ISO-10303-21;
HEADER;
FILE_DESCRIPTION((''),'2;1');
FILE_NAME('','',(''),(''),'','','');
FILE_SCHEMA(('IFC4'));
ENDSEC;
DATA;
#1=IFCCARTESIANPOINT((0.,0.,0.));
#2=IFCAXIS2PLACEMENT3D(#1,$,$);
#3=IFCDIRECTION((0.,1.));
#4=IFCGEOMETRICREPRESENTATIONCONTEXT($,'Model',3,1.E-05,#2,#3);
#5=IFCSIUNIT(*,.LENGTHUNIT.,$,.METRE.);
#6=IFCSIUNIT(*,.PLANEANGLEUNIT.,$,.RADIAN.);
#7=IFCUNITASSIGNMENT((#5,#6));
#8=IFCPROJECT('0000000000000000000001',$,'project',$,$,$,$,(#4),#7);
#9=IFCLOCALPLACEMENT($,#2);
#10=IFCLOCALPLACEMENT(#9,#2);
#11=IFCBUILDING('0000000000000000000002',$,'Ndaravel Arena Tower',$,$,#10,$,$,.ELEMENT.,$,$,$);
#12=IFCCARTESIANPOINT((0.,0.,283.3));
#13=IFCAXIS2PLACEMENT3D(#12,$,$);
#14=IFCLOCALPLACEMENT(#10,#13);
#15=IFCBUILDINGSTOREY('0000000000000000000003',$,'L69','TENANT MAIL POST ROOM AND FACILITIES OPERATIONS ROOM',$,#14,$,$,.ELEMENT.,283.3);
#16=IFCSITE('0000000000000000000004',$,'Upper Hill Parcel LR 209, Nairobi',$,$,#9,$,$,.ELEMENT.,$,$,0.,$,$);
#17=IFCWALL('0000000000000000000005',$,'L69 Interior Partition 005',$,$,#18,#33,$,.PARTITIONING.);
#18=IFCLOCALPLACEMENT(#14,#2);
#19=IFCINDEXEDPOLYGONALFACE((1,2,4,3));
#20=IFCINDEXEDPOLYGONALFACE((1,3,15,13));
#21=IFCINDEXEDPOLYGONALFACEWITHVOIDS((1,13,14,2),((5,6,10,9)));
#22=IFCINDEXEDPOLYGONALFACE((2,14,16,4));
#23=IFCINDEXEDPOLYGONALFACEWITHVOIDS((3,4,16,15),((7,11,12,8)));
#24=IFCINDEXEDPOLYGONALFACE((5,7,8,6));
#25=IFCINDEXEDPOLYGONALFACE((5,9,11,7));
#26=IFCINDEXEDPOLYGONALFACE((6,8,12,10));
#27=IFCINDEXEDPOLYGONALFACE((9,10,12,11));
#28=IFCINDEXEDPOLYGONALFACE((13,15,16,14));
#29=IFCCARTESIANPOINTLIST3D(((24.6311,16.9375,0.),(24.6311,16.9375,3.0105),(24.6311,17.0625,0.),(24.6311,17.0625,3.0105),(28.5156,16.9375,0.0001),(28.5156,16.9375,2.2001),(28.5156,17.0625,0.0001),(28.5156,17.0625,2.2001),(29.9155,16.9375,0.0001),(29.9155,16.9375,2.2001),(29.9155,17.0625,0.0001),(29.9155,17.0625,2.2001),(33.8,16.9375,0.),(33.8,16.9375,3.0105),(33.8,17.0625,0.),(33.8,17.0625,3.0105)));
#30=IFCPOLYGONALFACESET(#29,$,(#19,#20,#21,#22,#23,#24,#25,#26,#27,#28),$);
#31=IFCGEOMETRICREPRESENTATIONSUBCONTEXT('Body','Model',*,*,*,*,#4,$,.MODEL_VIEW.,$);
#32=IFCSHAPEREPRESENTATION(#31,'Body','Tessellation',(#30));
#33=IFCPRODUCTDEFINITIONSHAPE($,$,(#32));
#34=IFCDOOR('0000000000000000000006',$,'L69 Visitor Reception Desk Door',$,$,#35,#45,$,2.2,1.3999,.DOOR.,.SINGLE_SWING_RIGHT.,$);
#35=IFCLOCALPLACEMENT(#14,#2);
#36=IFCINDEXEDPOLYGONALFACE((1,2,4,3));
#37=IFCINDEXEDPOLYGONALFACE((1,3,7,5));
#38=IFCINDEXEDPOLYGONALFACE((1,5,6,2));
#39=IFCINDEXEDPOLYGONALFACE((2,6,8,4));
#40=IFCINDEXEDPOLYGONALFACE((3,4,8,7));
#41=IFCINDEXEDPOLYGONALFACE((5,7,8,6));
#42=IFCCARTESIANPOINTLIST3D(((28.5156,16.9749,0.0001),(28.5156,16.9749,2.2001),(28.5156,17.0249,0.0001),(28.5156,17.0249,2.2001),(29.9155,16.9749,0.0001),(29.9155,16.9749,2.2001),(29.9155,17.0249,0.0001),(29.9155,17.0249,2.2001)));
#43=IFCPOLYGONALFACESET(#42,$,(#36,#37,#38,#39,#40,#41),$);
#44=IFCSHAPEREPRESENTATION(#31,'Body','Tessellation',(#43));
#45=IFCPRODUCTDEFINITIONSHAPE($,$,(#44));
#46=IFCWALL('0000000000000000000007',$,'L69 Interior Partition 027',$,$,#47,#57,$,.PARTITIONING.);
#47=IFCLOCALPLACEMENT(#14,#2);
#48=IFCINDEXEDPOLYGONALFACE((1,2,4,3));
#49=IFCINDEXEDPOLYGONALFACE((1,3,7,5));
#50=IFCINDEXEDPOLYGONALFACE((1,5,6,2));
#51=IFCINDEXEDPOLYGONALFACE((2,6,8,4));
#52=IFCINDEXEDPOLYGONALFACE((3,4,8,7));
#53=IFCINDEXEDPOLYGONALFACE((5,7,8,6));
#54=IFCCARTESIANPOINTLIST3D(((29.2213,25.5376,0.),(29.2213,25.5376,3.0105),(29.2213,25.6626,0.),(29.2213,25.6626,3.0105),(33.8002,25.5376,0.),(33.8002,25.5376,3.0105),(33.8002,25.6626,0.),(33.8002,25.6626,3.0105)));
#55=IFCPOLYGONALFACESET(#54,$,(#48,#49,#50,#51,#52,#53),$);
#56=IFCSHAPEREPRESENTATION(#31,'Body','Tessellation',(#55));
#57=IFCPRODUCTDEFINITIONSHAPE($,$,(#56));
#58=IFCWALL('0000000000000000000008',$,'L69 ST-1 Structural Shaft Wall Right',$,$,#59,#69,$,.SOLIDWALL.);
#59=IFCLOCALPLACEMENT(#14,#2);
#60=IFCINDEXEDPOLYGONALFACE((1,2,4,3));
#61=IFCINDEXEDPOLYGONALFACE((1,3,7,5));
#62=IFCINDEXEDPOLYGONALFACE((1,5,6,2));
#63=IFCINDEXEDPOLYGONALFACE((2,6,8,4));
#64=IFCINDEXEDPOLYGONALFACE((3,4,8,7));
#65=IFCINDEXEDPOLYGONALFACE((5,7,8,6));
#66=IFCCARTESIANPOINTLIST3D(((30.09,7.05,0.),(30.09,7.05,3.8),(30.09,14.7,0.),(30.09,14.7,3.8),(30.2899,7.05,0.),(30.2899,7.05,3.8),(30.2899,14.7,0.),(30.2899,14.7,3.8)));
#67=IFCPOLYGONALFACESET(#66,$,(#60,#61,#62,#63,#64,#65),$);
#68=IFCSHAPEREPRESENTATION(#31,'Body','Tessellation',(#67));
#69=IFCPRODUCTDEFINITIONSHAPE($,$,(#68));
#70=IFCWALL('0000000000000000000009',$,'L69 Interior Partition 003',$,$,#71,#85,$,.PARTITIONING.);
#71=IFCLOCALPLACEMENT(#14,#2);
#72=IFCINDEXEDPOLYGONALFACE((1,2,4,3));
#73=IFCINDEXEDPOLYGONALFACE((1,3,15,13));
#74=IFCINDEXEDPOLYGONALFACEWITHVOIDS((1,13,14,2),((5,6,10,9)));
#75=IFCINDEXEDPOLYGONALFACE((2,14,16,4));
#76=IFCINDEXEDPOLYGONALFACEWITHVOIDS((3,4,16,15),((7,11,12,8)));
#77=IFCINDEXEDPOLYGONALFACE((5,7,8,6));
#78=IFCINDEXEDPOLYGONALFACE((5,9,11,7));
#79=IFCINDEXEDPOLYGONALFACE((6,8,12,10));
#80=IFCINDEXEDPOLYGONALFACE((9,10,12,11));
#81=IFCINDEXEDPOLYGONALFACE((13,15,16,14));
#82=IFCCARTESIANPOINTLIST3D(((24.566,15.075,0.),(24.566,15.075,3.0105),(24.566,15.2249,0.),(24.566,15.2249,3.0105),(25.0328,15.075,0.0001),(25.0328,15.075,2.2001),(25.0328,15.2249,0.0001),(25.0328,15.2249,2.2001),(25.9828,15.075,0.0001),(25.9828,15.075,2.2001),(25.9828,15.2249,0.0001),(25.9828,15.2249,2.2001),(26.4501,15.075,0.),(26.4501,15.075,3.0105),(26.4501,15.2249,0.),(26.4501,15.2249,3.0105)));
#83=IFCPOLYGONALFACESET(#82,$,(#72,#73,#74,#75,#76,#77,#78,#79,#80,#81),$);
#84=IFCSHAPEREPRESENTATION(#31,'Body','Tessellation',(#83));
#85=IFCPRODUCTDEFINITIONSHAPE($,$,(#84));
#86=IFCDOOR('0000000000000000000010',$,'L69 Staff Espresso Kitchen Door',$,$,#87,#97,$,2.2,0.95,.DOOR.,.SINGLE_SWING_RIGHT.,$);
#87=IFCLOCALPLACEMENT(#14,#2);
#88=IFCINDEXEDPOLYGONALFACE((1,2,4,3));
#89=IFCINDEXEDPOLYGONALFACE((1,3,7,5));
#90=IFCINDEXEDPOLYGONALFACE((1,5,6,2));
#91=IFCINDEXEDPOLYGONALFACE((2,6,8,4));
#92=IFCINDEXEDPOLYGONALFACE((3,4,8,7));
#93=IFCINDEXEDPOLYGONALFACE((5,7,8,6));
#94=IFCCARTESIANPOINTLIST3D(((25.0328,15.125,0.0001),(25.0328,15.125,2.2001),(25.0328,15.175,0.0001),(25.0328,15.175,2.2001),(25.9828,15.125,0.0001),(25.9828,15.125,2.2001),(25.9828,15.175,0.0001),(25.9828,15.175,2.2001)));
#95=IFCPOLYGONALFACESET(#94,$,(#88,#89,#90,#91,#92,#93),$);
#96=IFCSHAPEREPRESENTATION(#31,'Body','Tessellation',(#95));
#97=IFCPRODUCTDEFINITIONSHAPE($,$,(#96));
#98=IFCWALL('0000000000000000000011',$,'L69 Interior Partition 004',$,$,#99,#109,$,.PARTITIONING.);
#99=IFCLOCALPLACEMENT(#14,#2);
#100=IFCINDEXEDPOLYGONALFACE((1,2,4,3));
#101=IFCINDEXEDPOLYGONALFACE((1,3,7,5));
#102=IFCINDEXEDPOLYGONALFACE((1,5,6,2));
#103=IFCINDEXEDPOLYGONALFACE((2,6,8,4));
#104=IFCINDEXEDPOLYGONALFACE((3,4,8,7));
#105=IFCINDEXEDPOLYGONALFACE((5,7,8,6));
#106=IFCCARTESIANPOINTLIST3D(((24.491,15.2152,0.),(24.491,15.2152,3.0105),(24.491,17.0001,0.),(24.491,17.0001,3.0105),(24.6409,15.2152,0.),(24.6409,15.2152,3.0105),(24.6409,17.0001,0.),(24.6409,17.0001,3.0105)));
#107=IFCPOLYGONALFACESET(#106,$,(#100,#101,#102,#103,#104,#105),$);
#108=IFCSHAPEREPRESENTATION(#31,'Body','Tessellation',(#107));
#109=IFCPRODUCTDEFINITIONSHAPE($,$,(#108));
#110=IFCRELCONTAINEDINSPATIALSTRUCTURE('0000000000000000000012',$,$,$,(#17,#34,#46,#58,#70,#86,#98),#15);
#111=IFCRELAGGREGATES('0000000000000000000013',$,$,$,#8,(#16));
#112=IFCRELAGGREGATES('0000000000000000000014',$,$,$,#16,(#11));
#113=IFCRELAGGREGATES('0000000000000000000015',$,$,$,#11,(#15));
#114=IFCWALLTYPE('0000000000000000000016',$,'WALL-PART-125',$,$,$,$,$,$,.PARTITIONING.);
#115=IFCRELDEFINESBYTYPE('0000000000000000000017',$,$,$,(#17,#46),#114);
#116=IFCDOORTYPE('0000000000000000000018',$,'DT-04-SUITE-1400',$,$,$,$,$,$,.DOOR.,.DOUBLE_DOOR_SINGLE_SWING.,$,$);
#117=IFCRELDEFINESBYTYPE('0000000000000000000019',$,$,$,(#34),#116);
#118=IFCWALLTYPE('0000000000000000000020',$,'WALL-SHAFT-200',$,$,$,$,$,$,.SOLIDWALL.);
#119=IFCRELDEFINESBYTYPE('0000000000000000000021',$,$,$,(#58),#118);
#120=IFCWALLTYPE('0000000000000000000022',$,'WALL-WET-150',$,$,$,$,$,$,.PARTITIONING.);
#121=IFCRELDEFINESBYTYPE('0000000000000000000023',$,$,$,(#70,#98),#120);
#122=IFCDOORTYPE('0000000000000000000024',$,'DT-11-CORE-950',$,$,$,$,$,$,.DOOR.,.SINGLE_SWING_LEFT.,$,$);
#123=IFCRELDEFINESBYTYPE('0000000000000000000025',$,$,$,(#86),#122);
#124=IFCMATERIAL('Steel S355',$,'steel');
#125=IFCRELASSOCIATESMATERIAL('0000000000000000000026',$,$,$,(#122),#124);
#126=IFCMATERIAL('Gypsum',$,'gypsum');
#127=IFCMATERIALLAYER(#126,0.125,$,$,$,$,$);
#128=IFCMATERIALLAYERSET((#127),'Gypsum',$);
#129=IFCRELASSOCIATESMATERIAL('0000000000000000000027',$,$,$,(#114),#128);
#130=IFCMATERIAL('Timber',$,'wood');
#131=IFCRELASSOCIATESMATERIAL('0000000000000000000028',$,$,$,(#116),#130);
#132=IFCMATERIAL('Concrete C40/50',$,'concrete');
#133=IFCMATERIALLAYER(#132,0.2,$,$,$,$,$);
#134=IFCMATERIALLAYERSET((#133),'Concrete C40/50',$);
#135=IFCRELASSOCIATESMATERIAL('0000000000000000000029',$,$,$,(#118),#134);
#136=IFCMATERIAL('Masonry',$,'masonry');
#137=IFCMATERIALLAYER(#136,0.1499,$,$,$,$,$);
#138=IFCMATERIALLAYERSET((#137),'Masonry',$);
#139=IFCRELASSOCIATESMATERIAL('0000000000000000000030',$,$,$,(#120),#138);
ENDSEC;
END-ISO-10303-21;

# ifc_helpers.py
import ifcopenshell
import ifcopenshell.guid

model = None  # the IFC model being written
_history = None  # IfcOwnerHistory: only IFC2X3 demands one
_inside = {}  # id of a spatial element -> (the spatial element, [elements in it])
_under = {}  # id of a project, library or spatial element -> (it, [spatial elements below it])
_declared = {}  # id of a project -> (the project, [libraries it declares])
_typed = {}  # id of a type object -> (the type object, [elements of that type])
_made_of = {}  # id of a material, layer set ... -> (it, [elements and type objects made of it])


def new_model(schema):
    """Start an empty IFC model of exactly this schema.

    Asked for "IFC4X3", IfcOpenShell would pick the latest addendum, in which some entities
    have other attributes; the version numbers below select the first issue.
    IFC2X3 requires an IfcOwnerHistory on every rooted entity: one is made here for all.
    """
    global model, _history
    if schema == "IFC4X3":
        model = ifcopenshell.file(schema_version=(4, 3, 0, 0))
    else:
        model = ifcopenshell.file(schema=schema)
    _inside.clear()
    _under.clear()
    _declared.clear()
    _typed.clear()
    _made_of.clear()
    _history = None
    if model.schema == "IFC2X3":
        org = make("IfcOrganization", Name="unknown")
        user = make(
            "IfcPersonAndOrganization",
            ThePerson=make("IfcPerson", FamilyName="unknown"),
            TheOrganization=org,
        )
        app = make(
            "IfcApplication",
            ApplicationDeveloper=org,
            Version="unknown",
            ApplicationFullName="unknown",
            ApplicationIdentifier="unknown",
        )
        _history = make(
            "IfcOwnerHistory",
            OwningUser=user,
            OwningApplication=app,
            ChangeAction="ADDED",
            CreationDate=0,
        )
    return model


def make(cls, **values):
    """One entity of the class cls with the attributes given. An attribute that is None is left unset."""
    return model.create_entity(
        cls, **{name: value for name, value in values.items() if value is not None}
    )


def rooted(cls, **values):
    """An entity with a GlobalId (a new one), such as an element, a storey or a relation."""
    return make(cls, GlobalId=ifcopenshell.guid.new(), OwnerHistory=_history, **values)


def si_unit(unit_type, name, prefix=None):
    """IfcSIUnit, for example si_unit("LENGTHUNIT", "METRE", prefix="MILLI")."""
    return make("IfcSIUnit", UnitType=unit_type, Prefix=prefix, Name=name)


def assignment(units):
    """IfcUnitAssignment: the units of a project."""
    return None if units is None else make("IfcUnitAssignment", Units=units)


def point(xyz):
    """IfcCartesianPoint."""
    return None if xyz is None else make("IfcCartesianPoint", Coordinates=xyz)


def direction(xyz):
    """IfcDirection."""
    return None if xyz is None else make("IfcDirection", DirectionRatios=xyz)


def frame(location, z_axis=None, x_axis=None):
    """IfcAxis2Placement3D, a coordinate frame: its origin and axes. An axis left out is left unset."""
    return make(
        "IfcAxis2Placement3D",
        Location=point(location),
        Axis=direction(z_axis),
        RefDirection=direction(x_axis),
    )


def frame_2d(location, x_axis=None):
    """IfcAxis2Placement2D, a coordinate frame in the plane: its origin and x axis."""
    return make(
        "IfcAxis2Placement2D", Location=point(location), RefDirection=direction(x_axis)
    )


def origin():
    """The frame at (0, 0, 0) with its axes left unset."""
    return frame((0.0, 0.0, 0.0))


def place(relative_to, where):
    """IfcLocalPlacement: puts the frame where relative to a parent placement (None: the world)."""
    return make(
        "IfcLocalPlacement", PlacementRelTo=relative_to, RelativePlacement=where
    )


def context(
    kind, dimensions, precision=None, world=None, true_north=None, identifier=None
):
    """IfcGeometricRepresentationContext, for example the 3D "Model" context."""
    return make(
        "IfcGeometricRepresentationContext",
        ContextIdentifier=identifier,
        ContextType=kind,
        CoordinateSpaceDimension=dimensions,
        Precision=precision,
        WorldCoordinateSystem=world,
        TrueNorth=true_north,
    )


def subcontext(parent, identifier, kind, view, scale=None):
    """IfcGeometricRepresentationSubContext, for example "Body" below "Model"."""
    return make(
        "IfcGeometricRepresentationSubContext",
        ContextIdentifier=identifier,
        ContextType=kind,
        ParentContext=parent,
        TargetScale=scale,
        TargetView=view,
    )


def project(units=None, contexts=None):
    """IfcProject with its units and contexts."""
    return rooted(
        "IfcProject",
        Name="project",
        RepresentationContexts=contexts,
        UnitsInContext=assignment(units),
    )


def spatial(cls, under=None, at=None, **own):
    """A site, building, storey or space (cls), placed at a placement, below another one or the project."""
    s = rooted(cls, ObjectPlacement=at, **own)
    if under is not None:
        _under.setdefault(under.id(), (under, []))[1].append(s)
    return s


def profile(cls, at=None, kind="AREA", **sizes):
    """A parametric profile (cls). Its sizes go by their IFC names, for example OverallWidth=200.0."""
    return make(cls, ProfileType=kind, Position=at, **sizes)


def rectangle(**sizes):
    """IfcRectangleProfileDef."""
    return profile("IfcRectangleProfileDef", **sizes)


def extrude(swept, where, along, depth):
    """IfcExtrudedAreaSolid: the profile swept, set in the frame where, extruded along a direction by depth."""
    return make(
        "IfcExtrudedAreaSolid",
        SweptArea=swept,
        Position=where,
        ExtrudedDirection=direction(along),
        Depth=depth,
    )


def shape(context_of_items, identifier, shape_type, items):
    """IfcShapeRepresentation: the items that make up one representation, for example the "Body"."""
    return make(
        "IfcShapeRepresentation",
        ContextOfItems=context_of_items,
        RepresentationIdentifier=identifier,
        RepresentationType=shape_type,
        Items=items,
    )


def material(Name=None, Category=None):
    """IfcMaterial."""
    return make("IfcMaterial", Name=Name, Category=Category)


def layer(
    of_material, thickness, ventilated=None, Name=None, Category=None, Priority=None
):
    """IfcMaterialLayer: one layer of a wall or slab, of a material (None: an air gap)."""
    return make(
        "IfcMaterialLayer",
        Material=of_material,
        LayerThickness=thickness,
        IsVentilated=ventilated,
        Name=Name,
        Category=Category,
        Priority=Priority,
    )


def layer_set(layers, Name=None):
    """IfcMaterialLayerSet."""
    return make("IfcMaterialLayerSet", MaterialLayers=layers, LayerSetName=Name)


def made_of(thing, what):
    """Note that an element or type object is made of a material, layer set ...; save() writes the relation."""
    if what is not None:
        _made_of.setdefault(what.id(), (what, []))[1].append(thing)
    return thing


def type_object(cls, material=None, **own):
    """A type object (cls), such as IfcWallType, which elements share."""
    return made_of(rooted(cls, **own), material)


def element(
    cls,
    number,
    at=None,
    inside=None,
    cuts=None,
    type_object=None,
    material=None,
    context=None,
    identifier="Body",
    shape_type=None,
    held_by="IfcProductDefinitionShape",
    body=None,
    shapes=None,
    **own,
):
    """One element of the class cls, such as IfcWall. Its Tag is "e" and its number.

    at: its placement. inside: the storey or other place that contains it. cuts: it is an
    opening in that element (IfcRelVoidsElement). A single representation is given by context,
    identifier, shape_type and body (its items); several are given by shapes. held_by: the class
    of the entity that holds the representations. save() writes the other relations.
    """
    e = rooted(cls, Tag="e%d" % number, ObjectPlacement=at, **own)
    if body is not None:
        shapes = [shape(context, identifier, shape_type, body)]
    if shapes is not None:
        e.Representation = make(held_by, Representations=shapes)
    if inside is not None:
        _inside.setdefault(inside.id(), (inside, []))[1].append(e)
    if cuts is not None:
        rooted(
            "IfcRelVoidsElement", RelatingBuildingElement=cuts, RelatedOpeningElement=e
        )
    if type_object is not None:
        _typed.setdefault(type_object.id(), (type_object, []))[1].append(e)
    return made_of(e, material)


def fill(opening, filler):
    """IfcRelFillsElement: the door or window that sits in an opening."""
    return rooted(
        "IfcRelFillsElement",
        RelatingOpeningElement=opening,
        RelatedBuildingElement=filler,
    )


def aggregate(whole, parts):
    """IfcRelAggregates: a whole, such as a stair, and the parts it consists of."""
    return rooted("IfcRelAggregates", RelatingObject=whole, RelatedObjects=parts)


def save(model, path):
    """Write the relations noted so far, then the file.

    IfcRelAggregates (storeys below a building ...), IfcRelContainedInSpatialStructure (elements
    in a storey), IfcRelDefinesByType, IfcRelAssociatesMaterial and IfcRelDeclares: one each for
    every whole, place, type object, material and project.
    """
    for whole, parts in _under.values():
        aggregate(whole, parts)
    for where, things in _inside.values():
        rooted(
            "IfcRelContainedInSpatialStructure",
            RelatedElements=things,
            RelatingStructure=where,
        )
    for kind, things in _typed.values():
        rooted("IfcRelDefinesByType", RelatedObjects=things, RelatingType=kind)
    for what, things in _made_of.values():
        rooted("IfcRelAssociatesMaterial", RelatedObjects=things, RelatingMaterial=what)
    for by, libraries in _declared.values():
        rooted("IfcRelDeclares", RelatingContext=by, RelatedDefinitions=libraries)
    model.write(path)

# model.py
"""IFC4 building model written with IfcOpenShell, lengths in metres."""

from ifc_helpers import new_model, si_unit, direction, frame, frame_2d, origin, place, context, subcontext, project, spatial, rectangle, extrude, material, layer, layer_set, type_object, element, fill, save


model = new_model("IFC4")

# Units and contexts
model_context = context("Model", 3, precision=1e-05, world=origin(), true_north=direction((0.0, 1.0)))
body_context = subcontext(model_context, "Body", "Model", "MODEL_VIEW")
ifc_project = project(units=[si_unit("LENGTHUNIT", "METRE"), si_unit("PLANEANGLEUNIT", "RADIAN")], contexts=[model_context])

# Site, building, storey
site_placement = place(None, origin())
site = spatial("IfcSite", under=ifc_project, at=site_placement, Name="Upper Hill Parcel LR 209, Nairobi", CompositionType="ELEMENT", RefElevation=0.0)
building_placement = place(site_placement, origin())
building = spatial("IfcBuilding", under=site, at=building_placement, Name="Ndaravel Arena Tower", CompositionType="ELEMENT")
storey_placement = place(building_placement, frame((0.0, 0.0, 283.3)))
storey = spatial("IfcBuildingStorey", under=building, at=storey_placement, Name="L69", Description="TENANT MAIL POST ROOM AND FACILITIES OPERATIONS ROOM", CompositionType="ELEMENT", Elevation=283.3)

# Shared definitions
ifc_material_1 = material(Name="Steel S355", Category="steel")
door_type_1 = type_object("IfcDoorType", Name="DT-11-CORE-950", OperationType="SINGLE_SWING_LEFT", PredefinedType="DOOR", material=ifc_material_1)

# Wall, opening, door
ifc_material_2 = material(Name="Gypsum", Category="gypsum")
ifc_layer_1 = layer(ifc_material_2, 0.125)
ifc_layer_set_1 = layer_set([ifc_layer_1], Name="Gypsum")
wall_type_1 = type_object("IfcWallType", Name="WALL-PART-125", PredefinedType="PARTITIONING", material=ifc_layer_set_1)
wall_1_placement = place(storey_placement, frame((24.6311, 17.0, 0.0), z_axis=(0.0, 0.0, 1.0), x_axis=(1.0, 0.0, 0.0)))
wall_1 = element("IfcWall", 1, at=wall_1_placement, inside=storey, type_object=wall_type_1, Name="L69 Interior Partition 005", PredefinedType="PARTITIONING", context=body_context, shape_type="SweptSolid", body=[
    extrude(rectangle(XDim=9.1689, YDim=0.125, at=frame_2d((4.5845, 0.0))), origin(), (0.0, 0.0, 1.0), 3.0105),
])
opening_1_placement = place(wall_1_placement, frame((3.8845, 0.0, 0.0)))
opening_1 = element("IfcOpeningElement", 2, at=opening_1_placement, cuts=wall_1, PredefinedType="OPENING", context=body_context, shape_type="SweptSolid", body=[
    extrude(rectangle(XDim=1.3999, YDim=2.2, at=frame_2d((0.7, 1.1001))), frame((0.0, 0.0625, 0.0), z_axis=(0.0, -1.0, 0.0), x_axis=(1.0, 0.0, 0.0)), (0.0, 0.0, 1.0), 0.125),
])
ifc_material_3 = material(Name="Timber", Category="wood")
door_type_2 = type_object("IfcDoorType", Name="DT-04-SUITE-1400", OperationType="DOUBLE_DOOR_SINGLE_SWING", PredefinedType="DOOR", material=ifc_material_3)
door_1_placement = place(opening_1_placement, origin())
door_1 = element("IfcDoor", 3, at=door_1_placement, inside=storey, type_object=door_type_2, Name="L69 Visitor Reception Desk Door", OperationType="SINGLE_SWING_RIGHT", OverallHeight=2.2, OverallWidth=1.3999, PredefinedType="DOOR", context=body_context, shape_type="SweptSolid", body=[
    extrude(rectangle(XDim=1.3999, YDim=2.2, at=frame_2d((0.7, 1.1001))), frame((0.0, 0.0249, 0.0), z_axis=(0.0, -1.0, 0.0), x_axis=(1.0, 0.0, 0.0)), (0.0, 0.0, 1.0), 0.05),
])
fill(opening_1, door_1)

# Walls
wall_2_placement = place(storey_placement, frame((29.2212, 25.6001, 0.0), z_axis=(0.0, 0.0, 1.0), x_axis=(1.0, 0.0, 0.0)))
element("IfcWall", 4, at=wall_2_placement, inside=storey, type_object=wall_type_1, Name="L69 Interior Partition 027", PredefinedType="PARTITIONING", context=body_context, shape_type="SweptSolid", body=[
    extrude(rectangle(XDim=4.5789, YDim=0.125, at=frame_2d((2.2896, 0.0))), origin(), (0.0, 0.0, 1.0), 3.0105),
])
ifc_material_4 = material(Name="Concrete C40/50", Category="concrete")
ifc_layer_2 = layer(ifc_material_4, 0.2)
ifc_layer_set_2 = layer_set([ifc_layer_2], Name="Concrete C40/50")
wall_type_2 = type_object("IfcWallType", Name="WALL-SHAFT-200", PredefinedType="SOLIDWALL", material=ifc_layer_set_2)
wall_3_placement = place(storey_placement, frame((30.1899, 14.7, 0.0), z_axis=(0.0, 0.0, 1.0), x_axis=(0.0, -1.0, 0.0)))
element("IfcWall", 5, at=wall_3_placement, inside=storey, type_object=wall_type_2, Name="L69 ST-1 Structural Shaft Wall Right", PredefinedType="SOLIDWALL", context=body_context, shape_type="SweptSolid", body=[
    extrude(rectangle(XDim=7.6499, YDim=0.2, at=frame_2d((3.825, 0.0))), origin(), (0.0, 0.0, 1.0), 3.8),
])

# Wall, opening, door
ifc_material_5 = material(Name="Masonry", Category="masonry")
ifc_layer_3 = layer(ifc_material_5, 0.1499)
ifc_layer_set_3 = layer_set([ifc_layer_3], Name="Masonry")
wall_type_3 = type_object("IfcWallType", Name="WALL-WET-150", PredefinedType="PARTITIONING", material=ifc_layer_set_3)
wall_4_placement = place(storey_placement, frame((26.45, 15.1499, 0.0), z_axis=(0.0, 0.0, 1.0), x_axis=(-1.0, 0.0, 0.0)))
wall_4 = element("IfcWall", 6, at=wall_4_placement, inside=storey, type_object=wall_type_3, Name="L69 Interior Partition 003", PredefinedType="PARTITIONING", context=body_context, shape_type="SweptSolid", body=[
    extrude(rectangle(XDim=1.884, YDim=0.1499, at=frame_2d((0.9419, 0.0))), origin(), (0.0, 0.0, 1.0), 3.0105),
])
opening_2_placement = place(wall_4_placement, frame((0.467, 0.0, 0.0)))
opening_2 = element("IfcOpeningElement", 7, at=opening_2_placement, cuts=wall_4, PredefinedType="OPENING", context=body_context, shape_type="SweptSolid", body=[
    extrude(rectangle(XDim=0.95, YDim=2.2, at=frame_2d((0.4751, 1.1001))), frame((0.0, 0.075, 0.0), z_axis=(0.0, -1.0, 0.0), x_axis=(1.0, 0.0, 0.0)), (0.0, 0.0, 1.0), 0.1499),
])
door_2_placement = place(opening_2_placement, origin())
door_2 = element("IfcDoor", 8, at=door_2_placement, inside=storey, type_object=door_type_1, Name="L69 Staff Espresso Kitchen Door", OperationType="SINGLE_SWING_RIGHT", OverallHeight=2.2, OverallWidth=0.95, PredefinedType="DOOR", context=body_context, shape_type="SweptSolid", body=[
    extrude(rectangle(XDim=0.95, YDim=2.2, at=frame_2d((0.4751, 1.1001))), frame((0.0, 0.0249, 0.0), z_axis=(0.0, -1.0, 0.0), x_axis=(1.0, 0.0, 0.0)), (0.0, 0.0, 1.0), 0.05),
])
fill(opening_2, door_2)

# Wall
wall_5_placement = place(storey_placement, frame((24.5659, 15.2151, 0.0), z_axis=(0.0, 0.0, 1.0), x_axis=(0.0, 1.0, 0.0)))
element("IfcWall", 9, at=wall_5_placement, inside=storey, type_object=wall_type_3, Name="L69 Interior Partition 004", PredefinedType="PARTITIONING", context=body_context, shape_type="SweptSolid", body=[
    extrude(rectangle(XDim=1.7849, YDim=0.1499, at=frame_2d((0.8926, 0.0))), origin(), (0.0, 0.0, 1.0), 3.0105),
])

save(model, "model.ifc")
